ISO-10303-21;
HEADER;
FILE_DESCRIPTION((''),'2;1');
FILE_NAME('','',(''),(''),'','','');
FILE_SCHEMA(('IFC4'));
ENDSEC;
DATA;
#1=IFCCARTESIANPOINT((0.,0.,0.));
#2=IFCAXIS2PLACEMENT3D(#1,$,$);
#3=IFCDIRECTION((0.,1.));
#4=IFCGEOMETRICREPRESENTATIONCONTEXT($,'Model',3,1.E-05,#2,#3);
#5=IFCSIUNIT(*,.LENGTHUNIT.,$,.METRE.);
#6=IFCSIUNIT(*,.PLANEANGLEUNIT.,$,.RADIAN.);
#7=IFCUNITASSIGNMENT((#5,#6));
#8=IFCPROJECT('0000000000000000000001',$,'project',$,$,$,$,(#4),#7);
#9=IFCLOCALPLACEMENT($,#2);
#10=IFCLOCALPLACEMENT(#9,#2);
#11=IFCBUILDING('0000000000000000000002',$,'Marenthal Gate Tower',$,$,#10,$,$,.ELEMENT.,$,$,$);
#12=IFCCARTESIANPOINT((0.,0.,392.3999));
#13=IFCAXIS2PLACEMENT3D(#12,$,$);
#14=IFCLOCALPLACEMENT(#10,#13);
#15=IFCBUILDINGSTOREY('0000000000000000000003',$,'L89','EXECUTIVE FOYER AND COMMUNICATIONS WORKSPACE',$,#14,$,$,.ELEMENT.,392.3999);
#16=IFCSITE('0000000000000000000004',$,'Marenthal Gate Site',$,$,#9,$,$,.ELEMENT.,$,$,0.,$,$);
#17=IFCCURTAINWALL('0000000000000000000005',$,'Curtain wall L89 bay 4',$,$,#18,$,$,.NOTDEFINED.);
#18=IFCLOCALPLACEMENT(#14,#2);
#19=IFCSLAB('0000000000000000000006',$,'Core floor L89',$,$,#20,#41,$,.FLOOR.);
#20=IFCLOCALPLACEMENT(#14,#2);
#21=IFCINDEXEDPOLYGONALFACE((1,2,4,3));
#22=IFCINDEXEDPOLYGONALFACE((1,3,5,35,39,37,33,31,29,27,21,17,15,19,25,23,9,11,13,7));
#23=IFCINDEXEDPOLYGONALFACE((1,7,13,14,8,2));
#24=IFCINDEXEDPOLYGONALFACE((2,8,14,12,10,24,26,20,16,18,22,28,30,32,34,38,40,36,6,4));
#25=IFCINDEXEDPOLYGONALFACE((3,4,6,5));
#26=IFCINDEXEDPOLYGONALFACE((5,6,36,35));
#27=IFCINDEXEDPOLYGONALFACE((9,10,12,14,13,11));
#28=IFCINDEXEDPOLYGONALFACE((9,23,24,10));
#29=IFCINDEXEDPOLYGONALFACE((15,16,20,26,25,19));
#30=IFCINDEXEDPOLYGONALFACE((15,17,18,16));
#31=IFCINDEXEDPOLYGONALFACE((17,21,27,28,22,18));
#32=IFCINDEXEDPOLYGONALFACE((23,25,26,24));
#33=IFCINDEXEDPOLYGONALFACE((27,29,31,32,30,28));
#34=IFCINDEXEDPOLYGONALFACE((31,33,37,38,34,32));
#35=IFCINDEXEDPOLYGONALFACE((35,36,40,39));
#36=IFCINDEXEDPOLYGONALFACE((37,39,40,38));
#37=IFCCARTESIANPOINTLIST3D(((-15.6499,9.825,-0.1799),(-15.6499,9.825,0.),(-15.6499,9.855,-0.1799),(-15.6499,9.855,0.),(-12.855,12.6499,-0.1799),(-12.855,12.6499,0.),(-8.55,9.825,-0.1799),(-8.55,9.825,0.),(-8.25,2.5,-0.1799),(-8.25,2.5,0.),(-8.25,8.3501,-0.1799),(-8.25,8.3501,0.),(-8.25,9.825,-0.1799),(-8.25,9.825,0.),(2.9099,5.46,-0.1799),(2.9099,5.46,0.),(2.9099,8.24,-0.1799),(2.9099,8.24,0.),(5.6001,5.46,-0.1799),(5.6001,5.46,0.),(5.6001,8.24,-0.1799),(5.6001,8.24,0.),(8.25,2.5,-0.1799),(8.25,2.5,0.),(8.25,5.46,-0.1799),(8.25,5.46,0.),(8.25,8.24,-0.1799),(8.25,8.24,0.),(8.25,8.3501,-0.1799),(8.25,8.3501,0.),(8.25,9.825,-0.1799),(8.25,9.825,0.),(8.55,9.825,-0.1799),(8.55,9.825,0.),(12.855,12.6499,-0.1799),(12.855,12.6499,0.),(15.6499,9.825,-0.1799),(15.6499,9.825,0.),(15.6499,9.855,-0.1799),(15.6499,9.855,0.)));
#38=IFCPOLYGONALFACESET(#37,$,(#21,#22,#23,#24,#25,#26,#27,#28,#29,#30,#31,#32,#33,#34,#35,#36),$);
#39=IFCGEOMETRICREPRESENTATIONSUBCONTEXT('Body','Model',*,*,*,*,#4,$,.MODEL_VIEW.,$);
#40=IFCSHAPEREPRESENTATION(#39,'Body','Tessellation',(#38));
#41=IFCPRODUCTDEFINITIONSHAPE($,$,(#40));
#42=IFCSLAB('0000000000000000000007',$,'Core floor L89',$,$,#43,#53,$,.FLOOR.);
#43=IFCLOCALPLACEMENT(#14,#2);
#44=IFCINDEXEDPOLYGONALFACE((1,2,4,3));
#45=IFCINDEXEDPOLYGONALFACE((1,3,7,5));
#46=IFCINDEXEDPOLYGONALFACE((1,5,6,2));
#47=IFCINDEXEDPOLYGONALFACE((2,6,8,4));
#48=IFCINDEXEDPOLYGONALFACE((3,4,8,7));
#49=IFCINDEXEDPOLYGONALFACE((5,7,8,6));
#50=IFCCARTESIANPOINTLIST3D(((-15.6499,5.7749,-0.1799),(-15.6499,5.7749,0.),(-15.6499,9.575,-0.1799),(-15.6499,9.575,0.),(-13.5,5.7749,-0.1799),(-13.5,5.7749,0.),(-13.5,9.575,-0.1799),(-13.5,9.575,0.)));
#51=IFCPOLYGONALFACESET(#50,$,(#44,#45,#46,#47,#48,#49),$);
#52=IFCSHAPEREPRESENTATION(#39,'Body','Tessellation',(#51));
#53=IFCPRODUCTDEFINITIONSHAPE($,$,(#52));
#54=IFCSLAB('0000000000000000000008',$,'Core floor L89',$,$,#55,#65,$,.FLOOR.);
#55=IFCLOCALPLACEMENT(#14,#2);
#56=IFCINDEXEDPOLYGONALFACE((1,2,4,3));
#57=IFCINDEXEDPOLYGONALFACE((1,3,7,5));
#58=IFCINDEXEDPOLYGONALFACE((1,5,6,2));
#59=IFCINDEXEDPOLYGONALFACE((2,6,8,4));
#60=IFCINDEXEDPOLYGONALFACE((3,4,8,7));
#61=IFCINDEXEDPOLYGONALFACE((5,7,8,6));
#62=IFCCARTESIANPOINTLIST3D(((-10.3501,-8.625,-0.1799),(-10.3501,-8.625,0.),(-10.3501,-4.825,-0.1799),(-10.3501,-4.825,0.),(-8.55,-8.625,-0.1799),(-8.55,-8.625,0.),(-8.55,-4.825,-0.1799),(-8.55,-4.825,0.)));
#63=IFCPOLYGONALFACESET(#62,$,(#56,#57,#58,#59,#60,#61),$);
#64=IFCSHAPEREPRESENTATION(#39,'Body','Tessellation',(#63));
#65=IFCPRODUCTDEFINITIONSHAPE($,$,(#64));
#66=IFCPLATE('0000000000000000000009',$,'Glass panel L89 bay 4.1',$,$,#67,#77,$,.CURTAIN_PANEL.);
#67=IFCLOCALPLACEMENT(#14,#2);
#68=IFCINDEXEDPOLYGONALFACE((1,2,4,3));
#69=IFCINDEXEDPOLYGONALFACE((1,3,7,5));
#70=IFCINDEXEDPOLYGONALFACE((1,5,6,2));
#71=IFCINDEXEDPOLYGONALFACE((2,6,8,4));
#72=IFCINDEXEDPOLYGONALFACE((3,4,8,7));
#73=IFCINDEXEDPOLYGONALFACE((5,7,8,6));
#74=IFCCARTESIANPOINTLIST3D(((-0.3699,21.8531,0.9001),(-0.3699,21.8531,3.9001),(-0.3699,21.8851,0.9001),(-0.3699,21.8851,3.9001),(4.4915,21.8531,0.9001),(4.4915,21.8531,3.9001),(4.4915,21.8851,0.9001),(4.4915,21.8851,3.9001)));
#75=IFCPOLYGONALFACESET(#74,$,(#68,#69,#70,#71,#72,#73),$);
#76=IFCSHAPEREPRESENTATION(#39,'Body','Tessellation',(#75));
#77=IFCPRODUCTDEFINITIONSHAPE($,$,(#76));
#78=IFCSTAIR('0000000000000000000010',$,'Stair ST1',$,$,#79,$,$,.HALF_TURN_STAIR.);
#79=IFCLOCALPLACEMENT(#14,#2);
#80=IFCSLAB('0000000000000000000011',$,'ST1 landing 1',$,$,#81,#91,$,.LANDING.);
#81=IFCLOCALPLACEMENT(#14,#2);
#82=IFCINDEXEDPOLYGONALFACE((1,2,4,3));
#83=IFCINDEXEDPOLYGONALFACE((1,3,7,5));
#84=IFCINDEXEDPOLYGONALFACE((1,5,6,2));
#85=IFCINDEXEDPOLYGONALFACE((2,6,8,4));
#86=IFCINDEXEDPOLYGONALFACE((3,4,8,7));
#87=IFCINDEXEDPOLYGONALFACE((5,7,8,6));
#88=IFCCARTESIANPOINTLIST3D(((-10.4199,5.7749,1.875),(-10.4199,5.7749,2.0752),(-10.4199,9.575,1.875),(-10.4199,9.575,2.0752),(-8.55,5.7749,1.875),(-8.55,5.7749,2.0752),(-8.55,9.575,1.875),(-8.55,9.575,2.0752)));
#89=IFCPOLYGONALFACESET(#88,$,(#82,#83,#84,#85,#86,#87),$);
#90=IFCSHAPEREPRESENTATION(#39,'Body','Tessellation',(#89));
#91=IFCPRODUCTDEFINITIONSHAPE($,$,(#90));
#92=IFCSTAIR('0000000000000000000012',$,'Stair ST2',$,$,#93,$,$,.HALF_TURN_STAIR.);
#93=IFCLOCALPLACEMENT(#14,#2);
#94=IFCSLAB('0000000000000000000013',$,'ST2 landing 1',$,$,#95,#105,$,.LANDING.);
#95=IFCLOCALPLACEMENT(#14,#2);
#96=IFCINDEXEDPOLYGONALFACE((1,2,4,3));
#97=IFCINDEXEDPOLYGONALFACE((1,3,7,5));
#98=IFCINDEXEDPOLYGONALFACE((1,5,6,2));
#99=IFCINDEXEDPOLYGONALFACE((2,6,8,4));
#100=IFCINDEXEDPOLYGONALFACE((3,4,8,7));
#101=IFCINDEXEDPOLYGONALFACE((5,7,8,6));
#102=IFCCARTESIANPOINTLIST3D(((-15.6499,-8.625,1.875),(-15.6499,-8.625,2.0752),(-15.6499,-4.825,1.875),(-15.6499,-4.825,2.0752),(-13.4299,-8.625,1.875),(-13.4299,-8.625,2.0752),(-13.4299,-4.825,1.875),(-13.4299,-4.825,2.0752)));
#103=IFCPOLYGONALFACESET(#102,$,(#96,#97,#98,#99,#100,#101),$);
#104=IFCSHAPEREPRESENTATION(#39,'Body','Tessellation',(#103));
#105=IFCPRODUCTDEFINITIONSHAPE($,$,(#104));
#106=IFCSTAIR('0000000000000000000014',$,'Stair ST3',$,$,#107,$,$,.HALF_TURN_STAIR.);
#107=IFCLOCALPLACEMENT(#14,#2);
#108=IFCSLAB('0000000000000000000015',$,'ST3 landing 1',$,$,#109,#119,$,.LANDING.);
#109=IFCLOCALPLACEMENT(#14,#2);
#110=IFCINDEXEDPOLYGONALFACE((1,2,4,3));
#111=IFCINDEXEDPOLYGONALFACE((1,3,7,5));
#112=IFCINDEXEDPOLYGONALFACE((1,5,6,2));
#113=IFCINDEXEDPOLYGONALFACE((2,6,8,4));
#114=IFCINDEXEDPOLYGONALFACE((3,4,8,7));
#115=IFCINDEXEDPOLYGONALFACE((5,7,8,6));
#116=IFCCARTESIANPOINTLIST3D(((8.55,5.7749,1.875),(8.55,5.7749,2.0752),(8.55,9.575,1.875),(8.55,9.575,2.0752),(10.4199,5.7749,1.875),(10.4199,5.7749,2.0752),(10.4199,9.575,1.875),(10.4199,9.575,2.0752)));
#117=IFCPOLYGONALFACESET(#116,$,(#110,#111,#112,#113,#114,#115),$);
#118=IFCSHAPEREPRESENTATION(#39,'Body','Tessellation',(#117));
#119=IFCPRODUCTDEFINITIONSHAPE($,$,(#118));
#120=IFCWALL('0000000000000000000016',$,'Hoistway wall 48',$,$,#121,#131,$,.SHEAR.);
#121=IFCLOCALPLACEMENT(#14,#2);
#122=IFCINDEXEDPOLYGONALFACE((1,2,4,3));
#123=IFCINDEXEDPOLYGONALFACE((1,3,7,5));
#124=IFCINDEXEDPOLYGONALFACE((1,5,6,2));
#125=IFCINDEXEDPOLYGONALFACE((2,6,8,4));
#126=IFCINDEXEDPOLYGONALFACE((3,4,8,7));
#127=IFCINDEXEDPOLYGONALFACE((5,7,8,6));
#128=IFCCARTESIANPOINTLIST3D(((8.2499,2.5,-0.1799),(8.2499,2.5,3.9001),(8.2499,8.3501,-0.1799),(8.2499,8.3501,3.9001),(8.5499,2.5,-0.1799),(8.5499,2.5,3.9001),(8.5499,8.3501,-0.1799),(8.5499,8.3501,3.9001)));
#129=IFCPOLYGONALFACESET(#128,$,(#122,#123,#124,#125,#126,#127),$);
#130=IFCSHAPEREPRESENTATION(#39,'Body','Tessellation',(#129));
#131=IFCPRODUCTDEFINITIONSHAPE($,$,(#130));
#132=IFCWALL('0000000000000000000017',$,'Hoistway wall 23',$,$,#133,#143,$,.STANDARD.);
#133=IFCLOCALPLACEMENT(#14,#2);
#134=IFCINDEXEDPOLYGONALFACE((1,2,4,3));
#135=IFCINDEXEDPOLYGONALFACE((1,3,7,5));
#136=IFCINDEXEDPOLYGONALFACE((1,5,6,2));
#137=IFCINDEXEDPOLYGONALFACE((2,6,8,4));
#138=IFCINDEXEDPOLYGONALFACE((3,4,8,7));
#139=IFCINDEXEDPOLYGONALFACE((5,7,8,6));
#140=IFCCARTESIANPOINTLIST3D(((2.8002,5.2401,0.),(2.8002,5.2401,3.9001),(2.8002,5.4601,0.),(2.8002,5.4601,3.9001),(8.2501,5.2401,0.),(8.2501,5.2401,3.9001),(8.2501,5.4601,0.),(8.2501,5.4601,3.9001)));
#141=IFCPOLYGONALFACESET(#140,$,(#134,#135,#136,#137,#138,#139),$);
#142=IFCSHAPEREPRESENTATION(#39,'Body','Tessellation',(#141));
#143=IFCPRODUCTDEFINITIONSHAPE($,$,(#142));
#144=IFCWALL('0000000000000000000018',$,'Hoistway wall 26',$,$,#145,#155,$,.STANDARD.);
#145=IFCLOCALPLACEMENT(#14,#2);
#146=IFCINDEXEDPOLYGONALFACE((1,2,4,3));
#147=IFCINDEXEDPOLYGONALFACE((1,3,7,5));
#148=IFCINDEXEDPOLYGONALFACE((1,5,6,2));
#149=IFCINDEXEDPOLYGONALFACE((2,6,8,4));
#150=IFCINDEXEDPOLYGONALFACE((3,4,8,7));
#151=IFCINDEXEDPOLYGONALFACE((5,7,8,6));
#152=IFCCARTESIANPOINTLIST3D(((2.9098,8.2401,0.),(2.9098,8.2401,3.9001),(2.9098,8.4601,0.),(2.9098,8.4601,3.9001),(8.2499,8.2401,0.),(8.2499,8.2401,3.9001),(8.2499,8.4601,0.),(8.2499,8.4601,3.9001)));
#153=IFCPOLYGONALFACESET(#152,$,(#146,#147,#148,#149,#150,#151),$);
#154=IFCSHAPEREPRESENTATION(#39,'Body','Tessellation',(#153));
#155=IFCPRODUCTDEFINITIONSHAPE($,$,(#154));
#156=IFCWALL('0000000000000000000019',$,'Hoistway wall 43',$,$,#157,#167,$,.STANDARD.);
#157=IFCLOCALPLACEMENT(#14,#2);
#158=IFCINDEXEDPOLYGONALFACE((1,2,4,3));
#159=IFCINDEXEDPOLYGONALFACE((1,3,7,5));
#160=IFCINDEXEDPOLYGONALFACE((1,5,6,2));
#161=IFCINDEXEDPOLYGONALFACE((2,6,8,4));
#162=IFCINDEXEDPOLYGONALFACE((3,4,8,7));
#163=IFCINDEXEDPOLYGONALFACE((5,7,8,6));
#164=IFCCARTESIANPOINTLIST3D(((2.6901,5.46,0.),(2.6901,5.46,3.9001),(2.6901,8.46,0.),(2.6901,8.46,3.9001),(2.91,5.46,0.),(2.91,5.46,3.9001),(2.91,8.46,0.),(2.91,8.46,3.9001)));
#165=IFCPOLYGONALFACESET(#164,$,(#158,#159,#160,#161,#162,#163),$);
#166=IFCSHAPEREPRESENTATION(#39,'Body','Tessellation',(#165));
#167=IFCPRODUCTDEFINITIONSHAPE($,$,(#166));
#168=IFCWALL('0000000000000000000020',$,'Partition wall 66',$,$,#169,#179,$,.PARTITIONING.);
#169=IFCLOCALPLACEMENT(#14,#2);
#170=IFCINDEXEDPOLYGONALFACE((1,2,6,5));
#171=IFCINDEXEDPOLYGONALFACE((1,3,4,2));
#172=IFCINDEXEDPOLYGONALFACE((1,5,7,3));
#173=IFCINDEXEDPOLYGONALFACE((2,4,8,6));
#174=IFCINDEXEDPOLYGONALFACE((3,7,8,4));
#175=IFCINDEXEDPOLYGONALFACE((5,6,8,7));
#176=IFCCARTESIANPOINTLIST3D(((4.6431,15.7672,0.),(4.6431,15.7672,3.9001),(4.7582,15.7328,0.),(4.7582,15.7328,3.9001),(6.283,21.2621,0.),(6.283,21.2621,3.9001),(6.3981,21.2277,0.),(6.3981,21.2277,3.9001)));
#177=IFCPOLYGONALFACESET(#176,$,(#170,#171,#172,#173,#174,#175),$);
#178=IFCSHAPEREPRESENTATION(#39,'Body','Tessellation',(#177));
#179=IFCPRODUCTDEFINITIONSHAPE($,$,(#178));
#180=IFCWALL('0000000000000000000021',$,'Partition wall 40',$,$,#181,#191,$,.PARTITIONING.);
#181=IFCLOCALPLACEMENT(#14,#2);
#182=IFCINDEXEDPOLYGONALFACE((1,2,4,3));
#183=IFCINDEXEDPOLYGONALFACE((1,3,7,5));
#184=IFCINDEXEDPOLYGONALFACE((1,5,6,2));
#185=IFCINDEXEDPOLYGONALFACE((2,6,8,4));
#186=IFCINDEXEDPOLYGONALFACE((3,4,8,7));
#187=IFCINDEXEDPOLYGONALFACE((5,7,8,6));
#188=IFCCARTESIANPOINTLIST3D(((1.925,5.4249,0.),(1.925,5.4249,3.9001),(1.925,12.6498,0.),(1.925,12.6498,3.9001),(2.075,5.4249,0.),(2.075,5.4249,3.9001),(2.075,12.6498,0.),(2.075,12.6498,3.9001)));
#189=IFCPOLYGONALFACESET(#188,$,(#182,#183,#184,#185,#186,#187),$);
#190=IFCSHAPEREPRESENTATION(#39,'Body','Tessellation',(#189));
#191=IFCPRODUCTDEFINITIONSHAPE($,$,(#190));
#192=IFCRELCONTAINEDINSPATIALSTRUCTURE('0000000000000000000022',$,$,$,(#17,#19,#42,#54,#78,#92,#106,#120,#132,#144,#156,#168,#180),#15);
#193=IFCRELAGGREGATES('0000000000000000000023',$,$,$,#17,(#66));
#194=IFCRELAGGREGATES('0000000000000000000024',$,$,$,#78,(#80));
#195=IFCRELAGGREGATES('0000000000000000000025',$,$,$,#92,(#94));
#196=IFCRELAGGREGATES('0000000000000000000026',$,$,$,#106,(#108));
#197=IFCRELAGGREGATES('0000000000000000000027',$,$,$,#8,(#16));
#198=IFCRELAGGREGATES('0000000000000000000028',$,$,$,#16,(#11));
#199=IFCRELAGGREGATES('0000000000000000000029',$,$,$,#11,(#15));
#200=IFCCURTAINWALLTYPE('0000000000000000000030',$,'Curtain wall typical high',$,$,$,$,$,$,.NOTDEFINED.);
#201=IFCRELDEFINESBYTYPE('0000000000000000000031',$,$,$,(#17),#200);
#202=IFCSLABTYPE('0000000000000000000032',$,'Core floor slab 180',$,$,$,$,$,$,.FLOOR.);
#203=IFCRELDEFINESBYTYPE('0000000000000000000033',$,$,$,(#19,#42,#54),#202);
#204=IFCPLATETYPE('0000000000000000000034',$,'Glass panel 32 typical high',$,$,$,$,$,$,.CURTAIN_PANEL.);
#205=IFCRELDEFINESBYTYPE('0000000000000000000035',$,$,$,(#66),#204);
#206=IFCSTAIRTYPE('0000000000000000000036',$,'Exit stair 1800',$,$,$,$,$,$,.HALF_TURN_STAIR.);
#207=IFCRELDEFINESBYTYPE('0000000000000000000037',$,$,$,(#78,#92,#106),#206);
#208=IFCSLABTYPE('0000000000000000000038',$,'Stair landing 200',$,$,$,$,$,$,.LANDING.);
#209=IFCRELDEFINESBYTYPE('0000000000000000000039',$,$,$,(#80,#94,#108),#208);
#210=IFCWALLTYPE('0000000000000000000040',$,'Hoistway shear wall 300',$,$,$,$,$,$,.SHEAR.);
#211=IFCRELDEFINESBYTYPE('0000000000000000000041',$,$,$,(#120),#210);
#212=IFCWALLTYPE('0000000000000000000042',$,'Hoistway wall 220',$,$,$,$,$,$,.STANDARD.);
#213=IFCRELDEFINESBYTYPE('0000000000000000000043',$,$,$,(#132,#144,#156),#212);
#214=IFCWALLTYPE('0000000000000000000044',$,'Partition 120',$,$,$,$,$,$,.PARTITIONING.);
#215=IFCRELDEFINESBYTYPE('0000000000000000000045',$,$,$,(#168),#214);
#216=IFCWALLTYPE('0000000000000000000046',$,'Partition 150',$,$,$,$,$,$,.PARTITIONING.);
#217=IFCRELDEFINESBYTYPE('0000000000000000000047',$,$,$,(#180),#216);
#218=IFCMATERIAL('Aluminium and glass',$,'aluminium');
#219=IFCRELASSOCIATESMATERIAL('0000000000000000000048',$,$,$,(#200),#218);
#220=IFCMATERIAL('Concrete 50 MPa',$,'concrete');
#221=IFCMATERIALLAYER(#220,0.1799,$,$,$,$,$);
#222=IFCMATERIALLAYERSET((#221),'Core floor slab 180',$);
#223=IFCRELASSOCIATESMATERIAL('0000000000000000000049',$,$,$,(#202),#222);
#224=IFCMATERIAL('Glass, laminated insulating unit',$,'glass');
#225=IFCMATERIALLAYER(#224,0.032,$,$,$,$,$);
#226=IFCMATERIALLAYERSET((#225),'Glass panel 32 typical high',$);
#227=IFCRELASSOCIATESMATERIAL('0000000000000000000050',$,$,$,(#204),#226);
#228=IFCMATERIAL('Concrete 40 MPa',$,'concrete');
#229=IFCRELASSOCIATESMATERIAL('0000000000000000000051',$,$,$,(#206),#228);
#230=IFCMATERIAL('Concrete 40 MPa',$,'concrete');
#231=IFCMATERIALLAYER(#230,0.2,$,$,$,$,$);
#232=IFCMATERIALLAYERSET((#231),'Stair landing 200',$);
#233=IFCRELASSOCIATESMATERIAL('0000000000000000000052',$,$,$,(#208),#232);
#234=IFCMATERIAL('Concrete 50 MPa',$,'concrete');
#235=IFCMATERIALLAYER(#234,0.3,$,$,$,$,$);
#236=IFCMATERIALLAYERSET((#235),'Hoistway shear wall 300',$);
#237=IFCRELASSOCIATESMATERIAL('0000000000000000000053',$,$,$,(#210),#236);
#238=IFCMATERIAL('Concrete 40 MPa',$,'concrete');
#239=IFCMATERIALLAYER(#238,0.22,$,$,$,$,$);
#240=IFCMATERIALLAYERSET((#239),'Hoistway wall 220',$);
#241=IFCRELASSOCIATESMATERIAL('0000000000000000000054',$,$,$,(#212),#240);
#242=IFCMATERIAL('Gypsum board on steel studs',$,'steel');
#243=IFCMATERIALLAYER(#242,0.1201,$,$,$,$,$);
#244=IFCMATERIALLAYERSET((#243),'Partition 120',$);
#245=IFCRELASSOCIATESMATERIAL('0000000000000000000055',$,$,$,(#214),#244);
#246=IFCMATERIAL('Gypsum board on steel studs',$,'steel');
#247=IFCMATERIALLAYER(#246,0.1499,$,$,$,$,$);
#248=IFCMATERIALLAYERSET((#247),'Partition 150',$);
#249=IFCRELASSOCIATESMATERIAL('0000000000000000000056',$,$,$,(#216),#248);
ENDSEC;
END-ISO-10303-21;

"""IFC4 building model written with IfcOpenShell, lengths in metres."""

from ifc_helpers import new_model, si_unit, direction, frame, frame_2d, origin, origin_2d, place, context, subcontext, project, spatial, polyline, rectangle, outline, extrude, material, layer, layer_set, type_object, element, aggregate, save


model = new_model("IFC4")

# Units and contexts
model_context = context("Model", 3, precision=1e-05, world=origin(), true_north=direction((0.0, 1.0)))
body_context = subcontext(model_context, "Body", "Model", "MODEL_VIEW")
ifc_project = project(units=[si_unit("LENGTHUNIT", "METRE"), si_unit("PLANEANGLEUNIT", "RADIAN")], contexts=[model_context])

# Site, building, storey
site_placement = place(None, origin())
site = spatial("IfcSite", under=ifc_project, at=site_placement, Name="Marenthal Gate Site", CompositionType="ELEMENT", RefElevation=0.0)
building_placement = place(site_placement, origin())
building = spatial("IfcBuilding", under=site, at=building_placement, Name="Marenthal Gate Tower", CompositionType="ELEMENT")
storey_placement = place(building_placement, frame((0.0, 0.0, 392.3999)))
storey = spatial("IfcBuildingStorey", under=building, at=storey_placement, Name="L89", Description="EXECUTIVE FOYER AND COMMUNICATIONS WORKSPACE", CompositionType="ELEMENT", Elevation=392.3999)

# Curtain wall
ifc_material_1 = material(Name="Aluminium and glass", Category="aluminium")
curtain_wall_type = type_object("IfcCurtainWallType", Name="Curtain wall typical high", PredefinedType="NOTDEFINED", material=ifc_material_1)
curtain_wall_placement = place(storey_placement, origin())
curtain_wall = element("IfcCurtainWall", 1, at=curtain_wall_placement, inside=storey, type_object=curtain_wall_type, Name="Curtain wall L89 bay 4", PredefinedType="NOTDEFINED")

# Slabs
ifc_material_2 = material(Name="Concrete 50 MPa", Category="concrete")
ifc_layer_1 = layer(ifc_material_2, 0.1799)
ifc_layer_set_1 = layer_set([ifc_layer_1], Name="Core floor slab 180")
slab_type_1 = type_object("IfcSlabType", Name="Core floor slab 180", PredefinedType="FLOOR", material=ifc_layer_set_1)
slab_1_placement = place(storey_placement, frame((0.0, 0.0, -0.1799)))
element("IfcSlab", 2, at=slab_1_placement, inside=storey, type_object=slab_type_1, Name="Core floor L89", PredefinedType="FLOOR", context=body_context, shape_type="SweptSolid", body=[
    extrude(outline(polyline([(15.6499, 9.825), (8.55, 9.825), (8.25, 9.825), (8.25, 8.3501), (8.25, 8.24), (5.6001, 8.24), (2.9099, 8.24), (2.9099, 5.46), (5.6001, 5.46), (8.25, 5.46), (8.25, 2.5), (-8.25, 2.5), (-8.25, 8.3501), (-8.25, 9.825), (-8.55, 9.825), (-15.6499, 9.825), (-15.6499, 9.855), (-12.855, 12.6499), (12.855, 12.6499), (15.6499, 9.855), (15.6499, 9.825)])), origin(), (0.0, 0.0, 1.0), 0.1799),
])
slab_2_placement = place(storey_placement, frame((0.0, 0.0, -0.1799)))
element("IfcSlab", 3, at=slab_2_placement, inside=storey, type_object=slab_type_1, Name="Core floor L89", PredefinedType="FLOOR", context=body_context, shape_type="SweptSolid", body=[
    extrude(outline(polyline([(-15.6499, 9.575), (-13.5, 9.575), (-13.5, 5.7749), (-15.6499, 5.7749), (-15.6499, 9.575)])), origin(), (0.0, 0.0, 1.0), 0.1799),
])
slab_3_placement = place(storey_placement, frame((0.0, 0.0, -0.1799)))
element("IfcSlab", 4, at=slab_3_placement, inside=storey, type_object=slab_type_1, Name="Core floor L89", PredefinedType="FLOOR", context=body_context, shape_type="SweptSolid", body=[
    extrude(outline(polyline([(-8.55, -4.825), (-8.55, -8.625), (-10.3501, -8.625), (-10.3501, -4.825), (-8.55, -4.825)])), origin(), (0.0, 0.0, 1.0), 0.1799),
])

# Plate
ifc_material_3 = material(Name="Glass, laminated insulating unit", Category="glass")
ifc_layer_2 = layer(ifc_material_3, 0.032)
ifc_layer_set_2 = layer_set([ifc_layer_2], Name="Glass panel 32 typical high")
plate_type = type_object("IfcPlateType", Name="Glass panel 32 typical high", PredefinedType="CURTAIN_PANEL", material=ifc_layer_set_2)
plate_placement = place(storey_placement, frame((2.0608, 21.8691, 0.9001), z_axis=(0.0, 0.0, 1.0), x_axis=(-1.0, 0.0, 0.0)))
plate = element("IfcPlate", 5, at=plate_placement, type_object=plate_type, Name="Glass panel L89 bay 4.1", PredefinedType="CURTAIN_PANEL", context=body_context, shape_type="SweptSolid", body=[
    extrude(rectangle(XDim=4.8613, YDim=0.032, at=origin_2d()), origin(), (0.0, 0.0, 1.0), 3.0),
])
aggregate(curtain_wall, [plate])

# Stairs, slabs
ifc_material_4 = material(Name="Concrete 40 MPa", Category="concrete")
stair_type = type_object("IfcStairType", Name="Exit stair 1800", PredefinedType="HALF_TURN_STAIR", material=ifc_material_4)
stair_1_placement = place(storey_placement, origin())
stair_1 = element("IfcStair", 6, at=stair_1_placement, inside=storey, type_object=stair_type, Name="Stair ST1", PredefinedType="HALF_TURN_STAIR")
ifc_material_5 = material(Name="Concrete 40 MPa", Category="concrete")
ifc_layer_3 = layer(ifc_material_5, 0.2)
ifc_layer_set_3 = layer_set([ifc_layer_3], Name="Stair landing 200")
slab_type_2 = type_object("IfcSlabType", Name="Stair landing 200", PredefinedType="LANDING", material=ifc_layer_set_3)
slab_4_placement = place(storey_placement, frame((0.0, 0.0, 1.875)))
slab_4 = element("IfcSlab", 7, at=slab_4_placement, type_object=slab_type_2, Name="ST1 landing 1", PredefinedType="LANDING", context=body_context, shape_type="SweptSolid", body=[
    extrude(outline(polyline([(-10.4199, 5.7749), (-8.55, 5.7749), (-8.55, 9.575), (-10.4199, 9.575), (-10.4199, 5.7749)])), origin(), (0.0, 0.0, 1.0), 0.2002),
])
aggregate(stair_1, [slab_4])
stair_2_placement = place(storey_placement, origin())
stair_2 = element("IfcStair", 8, at=stair_2_placement, inside=storey, type_object=stair_type, Name="Stair ST2", PredefinedType="HALF_TURN_STAIR")
slab_5_placement = place(storey_placement, frame((0.0, 0.0, 1.875)))
slab_5 = element("IfcSlab", 9, at=slab_5_placement, type_object=slab_type_2, Name="ST2 landing 1", PredefinedType="LANDING", context=body_context, shape_type="SweptSolid", body=[
    extrude(outline(polyline([(-15.6499, -8.625), (-13.4299, -8.625), (-13.4299, -4.825), (-15.6499, -4.825), (-15.6499, -8.625)])), origin(), (0.0, 0.0, 1.0), 0.2002),
])
aggregate(stair_2, [slab_5])
stair_3_placement = place(storey_placement, origin())
stair_3 = element("IfcStair", 10, at=stair_3_placement, inside=storey, type_object=stair_type, Name="Stair ST3", PredefinedType="HALF_TURN_STAIR")
slab_6_placement = place(storey_placement, frame((0.0, 0.0, 1.875)))
slab_6 = element("IfcSlab", 11, at=slab_6_placement, type_object=slab_type_2, Name="ST3 landing 1", PredefinedType="LANDING", context=body_context, shape_type="SweptSolid", body=[
    extrude(outline(polyline([(8.55, 5.7749), (10.4199, 5.7749), (10.4199, 9.575), (8.55, 9.575), (8.55, 5.7749)])), origin(), (0.0, 0.0, 1.0), 0.2002),
])

# Walls
ifc_material_6 = material(Name="Concrete 50 MPa", Category="concrete")
ifc_layer_4 = layer(ifc_material_6, 0.3)
ifc_layer_set_4 = layer_set([ifc_layer_4], Name="Hoistway shear wall 300")
wall_type_1 = type_object("IfcWallType", Name="Hoistway shear wall 300", PredefinedType="SHEAR", material=ifc_layer_set_4)
wall_1_placement = place(storey_placement, frame((8.3999, 2.5, -0.1799), z_axis=(0.0, 0.0, 1.0), x_axis=(0.0, 1.0, 0.0)))
element("IfcWall", 12, at=wall_1_placement, inside=storey, type_object=wall_type_1, Name="Hoistway wall 48", PredefinedType="SHEAR", context=body_context, shape_type="SweptSolid", body=[
    extrude(rectangle(XDim=5.8501, YDim=0.3, at=frame_2d((2.925, 0.0))), origin(), (0.0, 0.0, 1.0), 4.0801),
])
ifc_material_7 = material(Name="Concrete 40 MPa", Category="concrete")
ifc_layer_5 = layer(ifc_material_7, 0.22)
ifc_layer_set_5 = layer_set([ifc_layer_5], Name="Hoistway wall 220")
wall_type_2 = type_object("IfcWallType", Name="Hoistway wall 220", PredefinedType="STANDARD", material=ifc_layer_set_5)
wall_2_placement = place(storey_placement, frame((2.8, 5.3501, 0.0), z_axis=(0.0, 0.0, 1.0), x_axis=(1.0, 0.0, 0.0)))
element("IfcWall", 13, at=wall_2_placement, inside=storey, type_object=wall_type_2, Name="Hoistway wall 23", PredefinedType="STANDARD", context=body_context, shape_type="SweptSolid", body=[
    extrude(rectangle(XDim=5.45, YDim=0.22, at=frame_2d((2.7251, 0.0))), origin(), (0.0, 0.0, 1.0), 3.9001),
])
wall_3_placement = place(storey_placement, frame((2.9099, 8.3501, 0.0), z_axis=(0.0, 0.0, 1.0), x_axis=(1.0, 0.0, 0.0)))
element("IfcWall", 14, at=wall_3_placement, inside=storey, type_object=wall_type_2, Name="Hoistway wall 26", PredefinedType="STANDARD", context=body_context, shape_type="SweptSolid", body=[
    extrude(rectangle(XDim=5.3401, YDim=0.22, at=frame_2d((2.6699, 0.0))), origin(), (0.0, 0.0, 1.0), 3.9001),
])
wall_4_placement = place(storey_placement, frame((2.8, 5.46, 0.0), z_axis=(0.0, 0.0, 1.0), x_axis=(0.0, 1.0, 0.0)))
element("IfcWall", 15, at=wall_4_placement, inside=storey, type_object=wall_type_2, Name="Hoistway wall 43", PredefinedType="STANDARD", context=body_context, shape_type="SweptSolid", body=[
    extrude(rectangle(XDim=3.0, YDim=0.22, at=frame_2d((1.5, 0.0))), origin(), (0.0, 0.0, 1.0), 3.9001),
])
ifc_material_8 = material(Name="Gypsum board on steel studs", Category="steel")
ifc_layer_6 = layer(ifc_material_8, 0.1201)
ifc_layer_set_6 = layer_set([ifc_layer_6], Name="Partition 120")
wall_type_3 = type_object("IfcWallType", Name="Partition 120", PredefinedType="PARTITIONING", material=ifc_layer_set_6)
wall_5_placement = place(storey_placement, frame((4.7007, 15.75, 0.0), z_axis=(0.0, 0.0, 1.0), x_axis=(0.285977, 0.958237, 0.0)))
element("IfcWall", 16, at=wall_5_placement, inside=storey, type_object=wall_type_3, Name="Partition wall 66", PredefinedType="PARTITIONING", context=body_context, shape_type="SweptSolid", body=[
    extrude(rectangle(XDim=5.7344, YDim=0.1201, at=frame_2d((2.8672, 0.0))), origin(), (0.0, 0.0, 1.0), 3.9001),
])
ifc_material_9 = material(Name="Gypsum board on steel studs", Category="steel")
ifc_layer_7 = layer(ifc_material_9, 0.1499)
ifc_layer_set_7 = layer_set([ifc_layer_7], Name="Partition 150")
wall_type_4 = type_object("IfcWallType", Name="Partition 150", PredefinedType="PARTITIONING", material=ifc_layer_set_7)
wall_6_placement = place(storey_placement, frame((2.0, 5.425, 0.0), z_axis=(0.0, 0.0, 1.0), x_axis=(0.0, 1.0, 0.0)))
element("IfcWall", 17, at=wall_6_placement, inside=storey, type_object=wall_type_4, Name="Partition wall 40", PredefinedType="PARTITIONING", context=body_context, shape_type="SweptSolid", body=[
    extrude(rectangle(XDim=7.2249, YDim=0.1499, at=frame_2d((3.6123, 0.0))), origin(), (0.0, 0.0, 1.0), 3.9001),
])

aggregate(stair_3, [slab_6])

save(model, "model.ifc")
